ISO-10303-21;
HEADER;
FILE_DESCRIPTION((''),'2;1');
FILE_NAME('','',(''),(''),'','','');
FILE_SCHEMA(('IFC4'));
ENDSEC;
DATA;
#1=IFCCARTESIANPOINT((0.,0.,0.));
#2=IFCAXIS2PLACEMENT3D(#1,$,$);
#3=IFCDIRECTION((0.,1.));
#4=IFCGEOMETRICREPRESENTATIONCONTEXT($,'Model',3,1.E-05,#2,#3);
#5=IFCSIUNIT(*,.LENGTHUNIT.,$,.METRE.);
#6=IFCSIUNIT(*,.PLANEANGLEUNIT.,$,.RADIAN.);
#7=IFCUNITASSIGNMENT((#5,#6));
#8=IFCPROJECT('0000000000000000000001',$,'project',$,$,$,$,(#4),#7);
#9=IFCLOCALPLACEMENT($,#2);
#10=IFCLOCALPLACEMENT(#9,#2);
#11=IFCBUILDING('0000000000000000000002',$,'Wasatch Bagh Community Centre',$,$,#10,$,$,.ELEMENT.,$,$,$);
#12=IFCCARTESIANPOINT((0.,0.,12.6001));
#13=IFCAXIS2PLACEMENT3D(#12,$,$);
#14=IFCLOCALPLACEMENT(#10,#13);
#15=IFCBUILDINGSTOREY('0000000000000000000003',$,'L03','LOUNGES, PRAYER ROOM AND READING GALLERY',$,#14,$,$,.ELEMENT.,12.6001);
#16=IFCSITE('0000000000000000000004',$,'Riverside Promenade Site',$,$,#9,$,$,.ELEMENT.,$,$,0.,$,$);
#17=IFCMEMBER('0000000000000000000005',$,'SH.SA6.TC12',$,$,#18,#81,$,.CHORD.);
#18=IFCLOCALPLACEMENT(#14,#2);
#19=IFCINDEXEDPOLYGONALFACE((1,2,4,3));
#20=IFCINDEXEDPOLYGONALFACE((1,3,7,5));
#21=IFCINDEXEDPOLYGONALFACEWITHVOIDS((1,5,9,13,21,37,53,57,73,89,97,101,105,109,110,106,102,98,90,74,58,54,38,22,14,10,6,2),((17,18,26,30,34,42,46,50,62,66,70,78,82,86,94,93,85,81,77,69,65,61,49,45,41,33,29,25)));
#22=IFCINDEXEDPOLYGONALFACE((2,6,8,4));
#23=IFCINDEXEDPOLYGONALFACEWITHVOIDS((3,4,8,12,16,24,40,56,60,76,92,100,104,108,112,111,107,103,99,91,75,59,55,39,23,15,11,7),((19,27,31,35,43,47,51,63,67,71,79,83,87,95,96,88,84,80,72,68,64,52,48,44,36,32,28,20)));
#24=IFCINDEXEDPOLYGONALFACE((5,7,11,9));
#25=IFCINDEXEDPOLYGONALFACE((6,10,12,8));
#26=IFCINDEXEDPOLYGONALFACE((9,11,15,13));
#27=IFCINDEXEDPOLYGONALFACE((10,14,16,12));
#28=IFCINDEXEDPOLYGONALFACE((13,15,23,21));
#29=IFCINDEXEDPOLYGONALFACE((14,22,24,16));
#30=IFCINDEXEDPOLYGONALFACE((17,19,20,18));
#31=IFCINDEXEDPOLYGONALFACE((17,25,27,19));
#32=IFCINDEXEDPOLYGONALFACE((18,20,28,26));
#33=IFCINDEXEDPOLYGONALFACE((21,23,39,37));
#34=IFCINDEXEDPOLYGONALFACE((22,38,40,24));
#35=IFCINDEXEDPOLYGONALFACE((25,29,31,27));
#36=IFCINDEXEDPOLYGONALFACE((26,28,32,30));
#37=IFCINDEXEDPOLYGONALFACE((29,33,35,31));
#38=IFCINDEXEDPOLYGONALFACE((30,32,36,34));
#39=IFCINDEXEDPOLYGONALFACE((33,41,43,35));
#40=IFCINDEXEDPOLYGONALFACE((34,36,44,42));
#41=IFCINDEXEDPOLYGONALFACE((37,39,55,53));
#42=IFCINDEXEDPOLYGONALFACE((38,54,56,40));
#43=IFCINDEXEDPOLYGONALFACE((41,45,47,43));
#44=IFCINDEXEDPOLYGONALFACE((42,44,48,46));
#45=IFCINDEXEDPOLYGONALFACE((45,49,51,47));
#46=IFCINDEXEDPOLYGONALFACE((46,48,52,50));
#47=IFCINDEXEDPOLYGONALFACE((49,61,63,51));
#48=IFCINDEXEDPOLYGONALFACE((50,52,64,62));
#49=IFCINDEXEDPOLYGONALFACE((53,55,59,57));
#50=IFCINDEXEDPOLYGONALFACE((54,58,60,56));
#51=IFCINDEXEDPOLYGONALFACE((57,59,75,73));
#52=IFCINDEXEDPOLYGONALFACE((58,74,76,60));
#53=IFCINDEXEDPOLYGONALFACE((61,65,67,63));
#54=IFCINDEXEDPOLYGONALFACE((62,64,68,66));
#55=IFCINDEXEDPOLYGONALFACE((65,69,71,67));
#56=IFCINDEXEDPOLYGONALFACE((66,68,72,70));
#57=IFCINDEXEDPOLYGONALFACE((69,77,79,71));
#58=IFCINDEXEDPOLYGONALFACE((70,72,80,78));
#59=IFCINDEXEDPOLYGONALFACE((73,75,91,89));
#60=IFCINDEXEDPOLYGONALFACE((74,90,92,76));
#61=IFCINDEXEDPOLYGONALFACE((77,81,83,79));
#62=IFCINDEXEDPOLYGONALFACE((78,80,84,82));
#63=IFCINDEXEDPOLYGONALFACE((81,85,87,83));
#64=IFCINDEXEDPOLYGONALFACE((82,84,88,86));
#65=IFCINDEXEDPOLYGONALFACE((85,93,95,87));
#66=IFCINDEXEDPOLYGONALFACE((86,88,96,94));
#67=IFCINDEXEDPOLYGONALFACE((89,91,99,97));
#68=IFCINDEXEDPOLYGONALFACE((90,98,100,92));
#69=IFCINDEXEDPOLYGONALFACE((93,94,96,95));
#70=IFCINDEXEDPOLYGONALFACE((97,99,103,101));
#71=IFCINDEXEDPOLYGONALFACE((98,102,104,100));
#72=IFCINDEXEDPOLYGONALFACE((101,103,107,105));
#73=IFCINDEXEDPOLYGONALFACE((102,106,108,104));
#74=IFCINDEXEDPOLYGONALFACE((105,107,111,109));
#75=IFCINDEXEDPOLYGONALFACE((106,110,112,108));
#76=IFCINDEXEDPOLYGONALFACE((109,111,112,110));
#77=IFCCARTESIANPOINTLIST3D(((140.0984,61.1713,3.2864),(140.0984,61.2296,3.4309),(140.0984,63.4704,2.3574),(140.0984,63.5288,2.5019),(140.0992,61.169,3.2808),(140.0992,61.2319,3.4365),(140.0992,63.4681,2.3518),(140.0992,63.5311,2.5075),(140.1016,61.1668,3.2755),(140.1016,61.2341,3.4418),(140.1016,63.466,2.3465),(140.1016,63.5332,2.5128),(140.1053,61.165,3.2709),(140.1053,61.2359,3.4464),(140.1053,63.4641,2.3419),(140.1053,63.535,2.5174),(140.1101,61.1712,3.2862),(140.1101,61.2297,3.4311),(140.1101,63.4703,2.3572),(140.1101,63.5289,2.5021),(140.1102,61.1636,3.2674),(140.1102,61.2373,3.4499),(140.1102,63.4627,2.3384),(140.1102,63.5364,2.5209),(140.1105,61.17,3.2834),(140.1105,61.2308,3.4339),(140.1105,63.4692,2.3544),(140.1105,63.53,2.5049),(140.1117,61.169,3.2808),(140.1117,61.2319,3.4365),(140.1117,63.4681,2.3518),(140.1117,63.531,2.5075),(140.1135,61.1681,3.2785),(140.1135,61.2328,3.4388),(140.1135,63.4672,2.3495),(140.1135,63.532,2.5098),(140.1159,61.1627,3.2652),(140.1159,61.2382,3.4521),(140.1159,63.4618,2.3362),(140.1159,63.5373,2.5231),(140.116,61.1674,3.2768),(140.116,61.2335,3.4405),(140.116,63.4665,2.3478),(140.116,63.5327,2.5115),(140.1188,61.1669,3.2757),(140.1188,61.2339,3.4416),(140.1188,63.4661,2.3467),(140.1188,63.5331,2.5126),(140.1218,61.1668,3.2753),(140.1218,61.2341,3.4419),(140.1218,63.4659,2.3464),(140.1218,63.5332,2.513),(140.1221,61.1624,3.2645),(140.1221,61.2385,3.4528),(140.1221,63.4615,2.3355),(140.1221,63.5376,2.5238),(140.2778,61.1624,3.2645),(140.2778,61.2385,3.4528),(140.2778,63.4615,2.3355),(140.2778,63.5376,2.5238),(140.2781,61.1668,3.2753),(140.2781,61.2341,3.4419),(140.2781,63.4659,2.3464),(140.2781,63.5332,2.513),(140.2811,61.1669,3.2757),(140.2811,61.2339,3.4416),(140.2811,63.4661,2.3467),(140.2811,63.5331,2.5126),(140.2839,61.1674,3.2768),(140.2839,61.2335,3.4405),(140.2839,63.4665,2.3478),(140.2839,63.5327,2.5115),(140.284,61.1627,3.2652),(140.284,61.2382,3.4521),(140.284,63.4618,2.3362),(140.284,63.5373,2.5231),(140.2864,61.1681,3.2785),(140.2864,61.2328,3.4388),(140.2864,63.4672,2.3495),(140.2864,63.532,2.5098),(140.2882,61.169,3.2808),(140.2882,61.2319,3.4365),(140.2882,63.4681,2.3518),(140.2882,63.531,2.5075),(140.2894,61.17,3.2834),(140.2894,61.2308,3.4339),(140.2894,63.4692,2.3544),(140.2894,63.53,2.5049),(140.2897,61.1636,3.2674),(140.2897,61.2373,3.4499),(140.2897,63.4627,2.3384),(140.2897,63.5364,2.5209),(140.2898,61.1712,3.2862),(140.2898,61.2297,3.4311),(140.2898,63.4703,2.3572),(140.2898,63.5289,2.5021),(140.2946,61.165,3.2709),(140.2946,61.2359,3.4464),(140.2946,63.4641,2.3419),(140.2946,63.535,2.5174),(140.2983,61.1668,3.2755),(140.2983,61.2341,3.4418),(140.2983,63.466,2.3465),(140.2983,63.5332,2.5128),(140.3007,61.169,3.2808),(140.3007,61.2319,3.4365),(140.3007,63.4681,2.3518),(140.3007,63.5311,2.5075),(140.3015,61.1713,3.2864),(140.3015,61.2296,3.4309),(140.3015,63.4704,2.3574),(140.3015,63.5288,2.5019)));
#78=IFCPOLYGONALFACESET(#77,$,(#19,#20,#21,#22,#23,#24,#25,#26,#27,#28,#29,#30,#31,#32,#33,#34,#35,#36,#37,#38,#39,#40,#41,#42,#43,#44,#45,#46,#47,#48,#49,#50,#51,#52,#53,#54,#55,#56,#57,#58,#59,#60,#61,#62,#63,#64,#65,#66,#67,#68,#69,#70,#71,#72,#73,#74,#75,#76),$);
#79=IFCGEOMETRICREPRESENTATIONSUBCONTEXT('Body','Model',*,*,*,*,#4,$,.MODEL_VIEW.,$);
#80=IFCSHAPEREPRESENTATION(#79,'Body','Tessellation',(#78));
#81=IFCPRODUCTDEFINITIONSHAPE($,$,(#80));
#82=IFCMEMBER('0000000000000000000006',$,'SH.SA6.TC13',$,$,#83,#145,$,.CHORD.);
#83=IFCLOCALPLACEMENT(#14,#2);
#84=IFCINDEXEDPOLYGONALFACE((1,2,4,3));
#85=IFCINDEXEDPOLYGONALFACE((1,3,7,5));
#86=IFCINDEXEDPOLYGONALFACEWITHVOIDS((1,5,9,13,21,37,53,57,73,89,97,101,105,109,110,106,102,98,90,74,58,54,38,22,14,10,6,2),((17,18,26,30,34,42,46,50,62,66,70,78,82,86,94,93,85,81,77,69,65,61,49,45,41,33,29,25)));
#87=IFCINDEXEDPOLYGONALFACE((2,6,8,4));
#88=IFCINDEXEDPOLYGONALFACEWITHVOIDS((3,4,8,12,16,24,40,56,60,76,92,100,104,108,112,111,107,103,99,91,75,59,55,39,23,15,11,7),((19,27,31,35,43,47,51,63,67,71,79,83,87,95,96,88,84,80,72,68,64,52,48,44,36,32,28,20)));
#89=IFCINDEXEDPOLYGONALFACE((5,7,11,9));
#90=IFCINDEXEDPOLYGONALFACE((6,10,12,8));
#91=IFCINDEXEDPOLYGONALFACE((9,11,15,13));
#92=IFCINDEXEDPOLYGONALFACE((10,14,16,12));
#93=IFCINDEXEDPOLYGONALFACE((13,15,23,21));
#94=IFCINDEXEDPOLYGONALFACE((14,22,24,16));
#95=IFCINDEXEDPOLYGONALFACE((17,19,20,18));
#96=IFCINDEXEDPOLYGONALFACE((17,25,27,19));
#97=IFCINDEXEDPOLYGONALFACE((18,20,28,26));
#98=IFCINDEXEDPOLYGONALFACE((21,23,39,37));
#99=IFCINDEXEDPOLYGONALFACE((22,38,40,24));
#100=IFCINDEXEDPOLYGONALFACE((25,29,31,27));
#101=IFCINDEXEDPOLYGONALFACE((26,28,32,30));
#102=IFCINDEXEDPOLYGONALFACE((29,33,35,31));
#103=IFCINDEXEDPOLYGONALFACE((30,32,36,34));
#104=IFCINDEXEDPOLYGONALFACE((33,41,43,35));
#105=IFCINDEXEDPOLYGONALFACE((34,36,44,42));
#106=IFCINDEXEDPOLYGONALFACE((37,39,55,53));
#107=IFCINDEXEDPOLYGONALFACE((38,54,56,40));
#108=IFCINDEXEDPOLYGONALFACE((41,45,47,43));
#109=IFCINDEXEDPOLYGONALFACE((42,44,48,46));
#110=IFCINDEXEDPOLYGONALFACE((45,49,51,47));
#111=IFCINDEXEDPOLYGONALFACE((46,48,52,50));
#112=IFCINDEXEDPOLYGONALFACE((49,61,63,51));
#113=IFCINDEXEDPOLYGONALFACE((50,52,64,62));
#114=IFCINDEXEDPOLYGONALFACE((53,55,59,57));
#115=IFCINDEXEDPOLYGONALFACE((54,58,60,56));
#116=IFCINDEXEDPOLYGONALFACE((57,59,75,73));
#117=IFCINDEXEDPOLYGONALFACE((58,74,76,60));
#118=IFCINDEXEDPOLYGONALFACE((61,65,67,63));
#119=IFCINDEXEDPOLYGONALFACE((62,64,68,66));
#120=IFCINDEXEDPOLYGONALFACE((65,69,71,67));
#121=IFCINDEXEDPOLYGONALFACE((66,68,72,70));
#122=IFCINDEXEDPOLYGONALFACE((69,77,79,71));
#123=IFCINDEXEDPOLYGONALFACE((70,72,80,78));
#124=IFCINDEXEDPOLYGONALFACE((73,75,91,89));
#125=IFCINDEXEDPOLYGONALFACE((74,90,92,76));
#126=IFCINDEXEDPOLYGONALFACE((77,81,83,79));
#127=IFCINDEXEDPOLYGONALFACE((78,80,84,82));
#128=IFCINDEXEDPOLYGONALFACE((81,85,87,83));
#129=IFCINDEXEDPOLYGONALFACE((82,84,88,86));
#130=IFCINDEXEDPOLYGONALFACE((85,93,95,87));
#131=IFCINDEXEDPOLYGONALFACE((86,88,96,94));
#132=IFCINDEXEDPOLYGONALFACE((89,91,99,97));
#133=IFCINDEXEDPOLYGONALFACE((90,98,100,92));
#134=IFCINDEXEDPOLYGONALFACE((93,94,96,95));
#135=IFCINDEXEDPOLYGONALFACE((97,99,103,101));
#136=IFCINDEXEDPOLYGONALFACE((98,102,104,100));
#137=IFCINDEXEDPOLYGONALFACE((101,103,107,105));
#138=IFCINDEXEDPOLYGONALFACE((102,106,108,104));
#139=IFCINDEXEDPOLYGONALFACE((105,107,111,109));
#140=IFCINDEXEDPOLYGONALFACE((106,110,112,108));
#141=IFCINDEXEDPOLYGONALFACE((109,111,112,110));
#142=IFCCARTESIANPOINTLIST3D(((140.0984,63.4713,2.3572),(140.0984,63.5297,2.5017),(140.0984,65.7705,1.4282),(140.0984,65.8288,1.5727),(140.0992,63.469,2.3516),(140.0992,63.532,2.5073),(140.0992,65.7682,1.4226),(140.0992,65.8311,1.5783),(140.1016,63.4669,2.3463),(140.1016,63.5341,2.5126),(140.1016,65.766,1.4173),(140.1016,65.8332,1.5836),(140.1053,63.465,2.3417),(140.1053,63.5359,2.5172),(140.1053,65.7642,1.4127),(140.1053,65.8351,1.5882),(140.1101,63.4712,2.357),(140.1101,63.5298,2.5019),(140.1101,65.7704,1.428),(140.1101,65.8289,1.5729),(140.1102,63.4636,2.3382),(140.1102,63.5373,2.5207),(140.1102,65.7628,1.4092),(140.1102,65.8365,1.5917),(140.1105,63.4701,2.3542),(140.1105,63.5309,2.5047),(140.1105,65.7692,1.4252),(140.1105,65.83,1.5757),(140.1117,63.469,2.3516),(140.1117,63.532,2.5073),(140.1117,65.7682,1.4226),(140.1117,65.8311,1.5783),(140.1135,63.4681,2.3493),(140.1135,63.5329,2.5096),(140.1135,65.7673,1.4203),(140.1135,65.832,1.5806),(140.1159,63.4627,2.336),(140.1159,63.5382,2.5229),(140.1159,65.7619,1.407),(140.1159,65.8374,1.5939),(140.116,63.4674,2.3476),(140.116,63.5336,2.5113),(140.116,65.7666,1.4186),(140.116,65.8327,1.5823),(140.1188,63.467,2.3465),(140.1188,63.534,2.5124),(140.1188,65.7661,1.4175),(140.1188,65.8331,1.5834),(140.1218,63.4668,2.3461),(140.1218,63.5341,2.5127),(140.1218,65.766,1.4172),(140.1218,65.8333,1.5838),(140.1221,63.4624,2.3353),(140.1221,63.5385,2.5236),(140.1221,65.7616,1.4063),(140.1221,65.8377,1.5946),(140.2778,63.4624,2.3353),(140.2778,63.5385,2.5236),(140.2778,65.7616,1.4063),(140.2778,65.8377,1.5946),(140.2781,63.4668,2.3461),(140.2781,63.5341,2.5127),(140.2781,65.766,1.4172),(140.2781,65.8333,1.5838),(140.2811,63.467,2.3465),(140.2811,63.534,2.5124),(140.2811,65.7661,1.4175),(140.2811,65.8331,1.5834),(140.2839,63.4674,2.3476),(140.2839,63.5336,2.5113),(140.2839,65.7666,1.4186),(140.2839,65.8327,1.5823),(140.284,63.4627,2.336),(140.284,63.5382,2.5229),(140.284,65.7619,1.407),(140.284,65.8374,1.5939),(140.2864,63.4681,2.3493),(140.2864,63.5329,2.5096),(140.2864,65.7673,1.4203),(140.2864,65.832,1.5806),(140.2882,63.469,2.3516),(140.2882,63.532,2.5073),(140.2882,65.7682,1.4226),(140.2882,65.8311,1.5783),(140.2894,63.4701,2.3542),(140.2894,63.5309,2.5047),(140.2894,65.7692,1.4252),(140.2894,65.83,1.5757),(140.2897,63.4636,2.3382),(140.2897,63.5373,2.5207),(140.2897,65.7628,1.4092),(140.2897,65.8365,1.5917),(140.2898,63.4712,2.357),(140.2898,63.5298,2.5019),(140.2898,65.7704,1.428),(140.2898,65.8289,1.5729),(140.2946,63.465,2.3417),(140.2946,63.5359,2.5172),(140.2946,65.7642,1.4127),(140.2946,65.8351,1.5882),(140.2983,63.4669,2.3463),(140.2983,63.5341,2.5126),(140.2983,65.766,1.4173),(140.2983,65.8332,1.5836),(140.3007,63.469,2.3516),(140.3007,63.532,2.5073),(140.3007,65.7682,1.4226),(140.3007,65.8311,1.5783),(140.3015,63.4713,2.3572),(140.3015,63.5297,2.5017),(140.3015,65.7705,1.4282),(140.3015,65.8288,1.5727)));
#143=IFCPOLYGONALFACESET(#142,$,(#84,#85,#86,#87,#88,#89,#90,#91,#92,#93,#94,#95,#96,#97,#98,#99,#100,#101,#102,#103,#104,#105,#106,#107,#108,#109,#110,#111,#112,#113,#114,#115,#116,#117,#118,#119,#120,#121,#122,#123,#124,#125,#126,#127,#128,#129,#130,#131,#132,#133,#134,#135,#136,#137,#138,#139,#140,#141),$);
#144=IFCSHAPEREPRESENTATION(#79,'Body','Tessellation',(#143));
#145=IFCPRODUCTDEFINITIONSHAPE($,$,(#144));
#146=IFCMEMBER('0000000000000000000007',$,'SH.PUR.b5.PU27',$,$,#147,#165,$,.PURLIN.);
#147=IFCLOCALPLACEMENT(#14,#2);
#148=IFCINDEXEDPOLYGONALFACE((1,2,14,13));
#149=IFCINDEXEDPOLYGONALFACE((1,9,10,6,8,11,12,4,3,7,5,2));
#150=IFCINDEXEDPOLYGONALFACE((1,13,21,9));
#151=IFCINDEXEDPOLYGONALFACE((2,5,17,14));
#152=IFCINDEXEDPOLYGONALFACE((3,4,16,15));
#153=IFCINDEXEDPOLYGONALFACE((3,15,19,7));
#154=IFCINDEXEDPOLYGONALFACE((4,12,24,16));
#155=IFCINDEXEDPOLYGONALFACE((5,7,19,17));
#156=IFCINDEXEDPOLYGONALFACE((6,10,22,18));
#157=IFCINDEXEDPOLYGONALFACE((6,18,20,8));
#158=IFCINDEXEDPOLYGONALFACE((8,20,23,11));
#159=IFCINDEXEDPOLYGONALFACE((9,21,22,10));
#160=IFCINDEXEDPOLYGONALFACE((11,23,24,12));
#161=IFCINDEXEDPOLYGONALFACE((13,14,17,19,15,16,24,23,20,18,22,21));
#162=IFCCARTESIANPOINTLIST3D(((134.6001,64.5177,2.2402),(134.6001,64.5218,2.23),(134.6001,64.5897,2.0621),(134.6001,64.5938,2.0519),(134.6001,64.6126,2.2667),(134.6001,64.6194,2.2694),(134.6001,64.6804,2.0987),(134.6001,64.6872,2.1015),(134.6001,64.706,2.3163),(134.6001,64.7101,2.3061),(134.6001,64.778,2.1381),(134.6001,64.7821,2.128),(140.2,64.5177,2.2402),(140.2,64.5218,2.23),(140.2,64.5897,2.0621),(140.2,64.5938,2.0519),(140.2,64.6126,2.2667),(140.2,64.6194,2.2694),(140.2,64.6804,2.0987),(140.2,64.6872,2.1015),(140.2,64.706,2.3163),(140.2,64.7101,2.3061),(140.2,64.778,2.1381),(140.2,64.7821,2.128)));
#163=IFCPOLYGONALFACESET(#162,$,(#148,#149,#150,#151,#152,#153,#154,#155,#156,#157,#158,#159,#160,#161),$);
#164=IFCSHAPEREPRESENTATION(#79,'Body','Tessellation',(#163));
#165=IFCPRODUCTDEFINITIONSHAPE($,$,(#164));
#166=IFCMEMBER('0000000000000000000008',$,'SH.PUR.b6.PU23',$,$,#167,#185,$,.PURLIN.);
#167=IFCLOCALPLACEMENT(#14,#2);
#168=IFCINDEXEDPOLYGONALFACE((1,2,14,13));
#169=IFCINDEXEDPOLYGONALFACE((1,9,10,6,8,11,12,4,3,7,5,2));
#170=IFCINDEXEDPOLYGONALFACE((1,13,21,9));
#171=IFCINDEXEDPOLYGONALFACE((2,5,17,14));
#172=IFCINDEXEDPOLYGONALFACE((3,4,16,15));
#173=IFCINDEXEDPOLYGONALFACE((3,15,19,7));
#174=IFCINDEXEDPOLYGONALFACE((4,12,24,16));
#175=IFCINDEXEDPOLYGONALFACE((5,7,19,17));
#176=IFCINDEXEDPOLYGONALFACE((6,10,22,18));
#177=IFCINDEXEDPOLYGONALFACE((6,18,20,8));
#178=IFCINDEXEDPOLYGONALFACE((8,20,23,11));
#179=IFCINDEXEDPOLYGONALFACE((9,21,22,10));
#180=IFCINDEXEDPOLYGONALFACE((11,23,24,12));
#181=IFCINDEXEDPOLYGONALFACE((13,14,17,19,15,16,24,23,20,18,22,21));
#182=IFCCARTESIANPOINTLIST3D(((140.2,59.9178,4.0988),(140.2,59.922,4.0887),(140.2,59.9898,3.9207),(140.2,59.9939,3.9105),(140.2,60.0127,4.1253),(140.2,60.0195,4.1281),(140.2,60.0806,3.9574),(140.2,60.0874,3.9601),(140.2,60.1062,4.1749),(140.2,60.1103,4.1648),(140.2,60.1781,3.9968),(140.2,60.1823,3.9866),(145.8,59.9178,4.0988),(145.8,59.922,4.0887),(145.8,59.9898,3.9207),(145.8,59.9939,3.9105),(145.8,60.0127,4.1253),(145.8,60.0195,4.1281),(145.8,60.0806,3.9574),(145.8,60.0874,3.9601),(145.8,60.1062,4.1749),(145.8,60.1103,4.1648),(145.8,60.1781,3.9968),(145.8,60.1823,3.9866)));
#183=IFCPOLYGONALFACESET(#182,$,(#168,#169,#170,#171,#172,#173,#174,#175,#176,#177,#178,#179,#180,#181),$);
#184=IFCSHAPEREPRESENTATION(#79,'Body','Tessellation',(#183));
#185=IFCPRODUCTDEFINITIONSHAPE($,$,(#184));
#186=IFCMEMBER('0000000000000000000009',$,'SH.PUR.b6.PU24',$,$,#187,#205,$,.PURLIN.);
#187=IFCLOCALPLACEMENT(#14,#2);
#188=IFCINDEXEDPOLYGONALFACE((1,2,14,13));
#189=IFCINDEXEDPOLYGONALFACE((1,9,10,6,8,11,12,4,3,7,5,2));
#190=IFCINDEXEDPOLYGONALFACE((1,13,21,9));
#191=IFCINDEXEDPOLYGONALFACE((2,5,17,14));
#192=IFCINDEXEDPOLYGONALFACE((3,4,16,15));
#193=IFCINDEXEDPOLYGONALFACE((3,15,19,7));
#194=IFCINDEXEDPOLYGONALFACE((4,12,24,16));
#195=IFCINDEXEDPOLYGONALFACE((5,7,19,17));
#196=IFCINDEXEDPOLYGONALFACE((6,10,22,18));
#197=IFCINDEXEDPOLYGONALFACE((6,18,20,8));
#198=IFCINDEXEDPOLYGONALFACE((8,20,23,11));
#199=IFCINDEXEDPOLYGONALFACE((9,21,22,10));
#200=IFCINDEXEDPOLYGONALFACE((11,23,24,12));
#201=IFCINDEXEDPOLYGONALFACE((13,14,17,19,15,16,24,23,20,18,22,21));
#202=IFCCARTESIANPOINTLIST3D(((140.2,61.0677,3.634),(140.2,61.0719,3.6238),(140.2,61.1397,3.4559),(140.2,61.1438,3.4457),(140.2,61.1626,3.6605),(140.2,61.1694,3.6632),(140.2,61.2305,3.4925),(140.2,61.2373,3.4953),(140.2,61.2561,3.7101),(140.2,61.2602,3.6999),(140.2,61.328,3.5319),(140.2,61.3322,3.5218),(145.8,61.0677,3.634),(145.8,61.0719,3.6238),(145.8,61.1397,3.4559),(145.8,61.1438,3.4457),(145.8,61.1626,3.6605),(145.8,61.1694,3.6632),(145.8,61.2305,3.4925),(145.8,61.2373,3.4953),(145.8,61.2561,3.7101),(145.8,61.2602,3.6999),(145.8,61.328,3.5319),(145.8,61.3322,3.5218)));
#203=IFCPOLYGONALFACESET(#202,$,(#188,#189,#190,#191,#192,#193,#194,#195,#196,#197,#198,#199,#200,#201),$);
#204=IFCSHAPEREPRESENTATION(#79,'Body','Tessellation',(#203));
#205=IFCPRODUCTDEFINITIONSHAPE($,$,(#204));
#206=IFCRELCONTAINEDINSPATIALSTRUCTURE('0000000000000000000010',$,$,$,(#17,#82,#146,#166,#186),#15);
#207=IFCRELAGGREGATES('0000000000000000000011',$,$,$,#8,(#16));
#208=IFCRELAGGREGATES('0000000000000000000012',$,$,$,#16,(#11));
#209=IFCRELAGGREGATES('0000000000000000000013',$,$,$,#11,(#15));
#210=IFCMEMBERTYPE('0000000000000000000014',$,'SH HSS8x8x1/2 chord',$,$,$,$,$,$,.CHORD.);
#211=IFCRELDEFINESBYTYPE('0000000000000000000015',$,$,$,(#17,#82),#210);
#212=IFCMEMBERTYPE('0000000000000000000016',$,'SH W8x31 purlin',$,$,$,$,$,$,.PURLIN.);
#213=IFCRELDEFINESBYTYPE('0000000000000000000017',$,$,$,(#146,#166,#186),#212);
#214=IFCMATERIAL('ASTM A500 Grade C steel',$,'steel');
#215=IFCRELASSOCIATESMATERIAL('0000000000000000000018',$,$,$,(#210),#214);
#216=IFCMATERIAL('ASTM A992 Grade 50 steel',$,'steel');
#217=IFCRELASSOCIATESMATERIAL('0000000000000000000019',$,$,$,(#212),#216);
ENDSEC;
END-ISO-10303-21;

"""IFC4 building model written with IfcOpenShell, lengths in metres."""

from ifc_helpers import new_model, si_unit, direction, frame, origin, origin_2d, place, context, subcontext, project, spatial, hollow_rectangle, i_section, extrude, material, material_profile, profile_set, type_object, element, save


model = new_model("IFC4")

# Units and contexts
model_context = context("Model", 3, precision=1e-05, world=origin(), true_north=direction((0.0, 1.0)))
body_context = subcontext(model_context, "Body", "Model", "MODEL_VIEW")
ifc_project = project(units=[si_unit("LENGTHUNIT", "METRE"), si_unit("PLANEANGLEUNIT", "RADIAN")], contexts=[model_context])

# Site, building, storey
site_placement = place(None, origin())
site = spatial("IfcSite", under=ifc_project, at=site_placement, Name="Riverside Promenade Site", CompositionType="ELEMENT", RefElevation=0.0)
building_placement = place(site_placement, origin())
building = spatial("IfcBuilding", under=site, at=building_placement, Name="Wasatch Bagh Community Centre", CompositionType="ELEMENT")
storey_placement = place(building_placement, frame((0.0, 0.0, 12.6001)))
storey = spatial("IfcBuildingStorey", under=building, at=storey_placement, Name="L03", Description="LOUNGES, PRAYER ROOM AND READING GALLERY", CompositionType="ELEMENT", Elevation=12.6001)

# Members
ifc_material_1 = material(Name="ASTM A500 Grade C steel", Category="steel")
ifc_material_profile_1 = material_profile(ifc_material_1, hollow_rectangle(XDim=0.2031, YDim=0.2031, WallThickness=0.0117, InnerFilletRadius=0.0117, OuterFilletRadius=0.0237, at=origin_2d()), Name="HSS8x8x1/2")
ifc_profile_set_1 = profile_set([ifc_material_profile_1], Name="ASTM A500 Grade C steel")
member_type_1 = type_object("IfcMemberType", Name="SH HSS8x8x1/2 chord", PredefinedType="CHORD", material=ifc_profile_set_1)
for number, where, z_axis, x_axis, name in (
    (1, (140.2, 61.2004, 3.3586), (0.0, 0.927174, -0.374631), (-1.0, 0.0, 0.0), "SH.SA6.TC12"),
    (2, (140.2, 63.5005, 2.4294), (0.0, 0.927174, -0.374631), (-1.0, 0.0, 0.0), "SH.SA6.TC13"),
):
    element("IfcMember", number, at=place(storey_placement, frame(where, z_axis=z_axis, x_axis=x_axis)), inside=storey, type_object=member_type_1, Name=name, PredefinedType="CHORD", context=body_context, shape_type="SweptSolid", body=[
        extrude(hollow_rectangle(XDim=0.2031, YDim=0.2031, WallThickness=0.0117, InnerFilletRadius=0.0117, OuterFilletRadius=0.0237, at=origin_2d()), origin(), (0.0, 0.0, 1.0), 2.4797),
    ])
ifc_material_2 = material(Name="ASTM A992 Grade 50 steel", Category="steel")
ifc_material_profile_2 = material_profile(ifc_material_2, i_section(OverallWidth=0.2031, OverallDepth=0.2031, WebThickness=0.0073, FlangeThickness=0.011, at=origin_2d()), Name="W8x31")
ifc_profile_set_2 = profile_set([ifc_material_profile_2], Name="ASTM A992 Grade 50 steel")
member_type_2 = type_object("IfcMemberType", Name="SH W8x31 purlin", PredefinedType="PURLIN", material=ifc_profile_set_2)
member_1_placement = place(storey_placement, frame((134.6001, 64.6499, 2.1841), z_axis=(1.0, 0.0, 0.0), x_axis=(0.0, 0.927184, 0.374607)))
element("IfcMember", 3, at=member_1_placement, inside=storey, type_object=member_type_2, Name="SH.PUR.b5.PU27", PredefinedType="PURLIN", context=body_context, shape_type="SweptSolid", body=[
    extrude(i_section(OverallWidth=0.2031, OverallDepth=0.2031, WebThickness=0.0073, FlangeThickness=0.011, at=origin_2d()), origin(), (0.0, 0.0, 1.0), 5.5999),
])
for number, where, z_axis, x_axis, name in (
    (4, (140.2, 60.05, 4.0427), (1.0, 0.0, 0.0), (0.0, 0.927184, 0.374607), "SH.PUR.b6.PU23"),
    (5, (140.2, 61.2, 3.5779), (1.0, 0.0, 0.0), (0.0, 0.927184, 0.374607), "SH.PUR.b6.PU24"),
):
    element("IfcMember", number, at=place(storey_placement, frame(where, z_axis=z_axis, x_axis=x_axis)), inside=storey, type_object=member_type_2, Name=name, PredefinedType="PURLIN", context=body_context, shape_type="SweptSolid", body=[
        extrude(i_section(OverallWidth=0.2031, OverallDepth=0.2031, WebThickness=0.0073, FlangeThickness=0.011, at=origin_2d()), origin(), (0.0, 0.0, 1.0), 5.6001),
    ])

save(model, "model.ifc")
